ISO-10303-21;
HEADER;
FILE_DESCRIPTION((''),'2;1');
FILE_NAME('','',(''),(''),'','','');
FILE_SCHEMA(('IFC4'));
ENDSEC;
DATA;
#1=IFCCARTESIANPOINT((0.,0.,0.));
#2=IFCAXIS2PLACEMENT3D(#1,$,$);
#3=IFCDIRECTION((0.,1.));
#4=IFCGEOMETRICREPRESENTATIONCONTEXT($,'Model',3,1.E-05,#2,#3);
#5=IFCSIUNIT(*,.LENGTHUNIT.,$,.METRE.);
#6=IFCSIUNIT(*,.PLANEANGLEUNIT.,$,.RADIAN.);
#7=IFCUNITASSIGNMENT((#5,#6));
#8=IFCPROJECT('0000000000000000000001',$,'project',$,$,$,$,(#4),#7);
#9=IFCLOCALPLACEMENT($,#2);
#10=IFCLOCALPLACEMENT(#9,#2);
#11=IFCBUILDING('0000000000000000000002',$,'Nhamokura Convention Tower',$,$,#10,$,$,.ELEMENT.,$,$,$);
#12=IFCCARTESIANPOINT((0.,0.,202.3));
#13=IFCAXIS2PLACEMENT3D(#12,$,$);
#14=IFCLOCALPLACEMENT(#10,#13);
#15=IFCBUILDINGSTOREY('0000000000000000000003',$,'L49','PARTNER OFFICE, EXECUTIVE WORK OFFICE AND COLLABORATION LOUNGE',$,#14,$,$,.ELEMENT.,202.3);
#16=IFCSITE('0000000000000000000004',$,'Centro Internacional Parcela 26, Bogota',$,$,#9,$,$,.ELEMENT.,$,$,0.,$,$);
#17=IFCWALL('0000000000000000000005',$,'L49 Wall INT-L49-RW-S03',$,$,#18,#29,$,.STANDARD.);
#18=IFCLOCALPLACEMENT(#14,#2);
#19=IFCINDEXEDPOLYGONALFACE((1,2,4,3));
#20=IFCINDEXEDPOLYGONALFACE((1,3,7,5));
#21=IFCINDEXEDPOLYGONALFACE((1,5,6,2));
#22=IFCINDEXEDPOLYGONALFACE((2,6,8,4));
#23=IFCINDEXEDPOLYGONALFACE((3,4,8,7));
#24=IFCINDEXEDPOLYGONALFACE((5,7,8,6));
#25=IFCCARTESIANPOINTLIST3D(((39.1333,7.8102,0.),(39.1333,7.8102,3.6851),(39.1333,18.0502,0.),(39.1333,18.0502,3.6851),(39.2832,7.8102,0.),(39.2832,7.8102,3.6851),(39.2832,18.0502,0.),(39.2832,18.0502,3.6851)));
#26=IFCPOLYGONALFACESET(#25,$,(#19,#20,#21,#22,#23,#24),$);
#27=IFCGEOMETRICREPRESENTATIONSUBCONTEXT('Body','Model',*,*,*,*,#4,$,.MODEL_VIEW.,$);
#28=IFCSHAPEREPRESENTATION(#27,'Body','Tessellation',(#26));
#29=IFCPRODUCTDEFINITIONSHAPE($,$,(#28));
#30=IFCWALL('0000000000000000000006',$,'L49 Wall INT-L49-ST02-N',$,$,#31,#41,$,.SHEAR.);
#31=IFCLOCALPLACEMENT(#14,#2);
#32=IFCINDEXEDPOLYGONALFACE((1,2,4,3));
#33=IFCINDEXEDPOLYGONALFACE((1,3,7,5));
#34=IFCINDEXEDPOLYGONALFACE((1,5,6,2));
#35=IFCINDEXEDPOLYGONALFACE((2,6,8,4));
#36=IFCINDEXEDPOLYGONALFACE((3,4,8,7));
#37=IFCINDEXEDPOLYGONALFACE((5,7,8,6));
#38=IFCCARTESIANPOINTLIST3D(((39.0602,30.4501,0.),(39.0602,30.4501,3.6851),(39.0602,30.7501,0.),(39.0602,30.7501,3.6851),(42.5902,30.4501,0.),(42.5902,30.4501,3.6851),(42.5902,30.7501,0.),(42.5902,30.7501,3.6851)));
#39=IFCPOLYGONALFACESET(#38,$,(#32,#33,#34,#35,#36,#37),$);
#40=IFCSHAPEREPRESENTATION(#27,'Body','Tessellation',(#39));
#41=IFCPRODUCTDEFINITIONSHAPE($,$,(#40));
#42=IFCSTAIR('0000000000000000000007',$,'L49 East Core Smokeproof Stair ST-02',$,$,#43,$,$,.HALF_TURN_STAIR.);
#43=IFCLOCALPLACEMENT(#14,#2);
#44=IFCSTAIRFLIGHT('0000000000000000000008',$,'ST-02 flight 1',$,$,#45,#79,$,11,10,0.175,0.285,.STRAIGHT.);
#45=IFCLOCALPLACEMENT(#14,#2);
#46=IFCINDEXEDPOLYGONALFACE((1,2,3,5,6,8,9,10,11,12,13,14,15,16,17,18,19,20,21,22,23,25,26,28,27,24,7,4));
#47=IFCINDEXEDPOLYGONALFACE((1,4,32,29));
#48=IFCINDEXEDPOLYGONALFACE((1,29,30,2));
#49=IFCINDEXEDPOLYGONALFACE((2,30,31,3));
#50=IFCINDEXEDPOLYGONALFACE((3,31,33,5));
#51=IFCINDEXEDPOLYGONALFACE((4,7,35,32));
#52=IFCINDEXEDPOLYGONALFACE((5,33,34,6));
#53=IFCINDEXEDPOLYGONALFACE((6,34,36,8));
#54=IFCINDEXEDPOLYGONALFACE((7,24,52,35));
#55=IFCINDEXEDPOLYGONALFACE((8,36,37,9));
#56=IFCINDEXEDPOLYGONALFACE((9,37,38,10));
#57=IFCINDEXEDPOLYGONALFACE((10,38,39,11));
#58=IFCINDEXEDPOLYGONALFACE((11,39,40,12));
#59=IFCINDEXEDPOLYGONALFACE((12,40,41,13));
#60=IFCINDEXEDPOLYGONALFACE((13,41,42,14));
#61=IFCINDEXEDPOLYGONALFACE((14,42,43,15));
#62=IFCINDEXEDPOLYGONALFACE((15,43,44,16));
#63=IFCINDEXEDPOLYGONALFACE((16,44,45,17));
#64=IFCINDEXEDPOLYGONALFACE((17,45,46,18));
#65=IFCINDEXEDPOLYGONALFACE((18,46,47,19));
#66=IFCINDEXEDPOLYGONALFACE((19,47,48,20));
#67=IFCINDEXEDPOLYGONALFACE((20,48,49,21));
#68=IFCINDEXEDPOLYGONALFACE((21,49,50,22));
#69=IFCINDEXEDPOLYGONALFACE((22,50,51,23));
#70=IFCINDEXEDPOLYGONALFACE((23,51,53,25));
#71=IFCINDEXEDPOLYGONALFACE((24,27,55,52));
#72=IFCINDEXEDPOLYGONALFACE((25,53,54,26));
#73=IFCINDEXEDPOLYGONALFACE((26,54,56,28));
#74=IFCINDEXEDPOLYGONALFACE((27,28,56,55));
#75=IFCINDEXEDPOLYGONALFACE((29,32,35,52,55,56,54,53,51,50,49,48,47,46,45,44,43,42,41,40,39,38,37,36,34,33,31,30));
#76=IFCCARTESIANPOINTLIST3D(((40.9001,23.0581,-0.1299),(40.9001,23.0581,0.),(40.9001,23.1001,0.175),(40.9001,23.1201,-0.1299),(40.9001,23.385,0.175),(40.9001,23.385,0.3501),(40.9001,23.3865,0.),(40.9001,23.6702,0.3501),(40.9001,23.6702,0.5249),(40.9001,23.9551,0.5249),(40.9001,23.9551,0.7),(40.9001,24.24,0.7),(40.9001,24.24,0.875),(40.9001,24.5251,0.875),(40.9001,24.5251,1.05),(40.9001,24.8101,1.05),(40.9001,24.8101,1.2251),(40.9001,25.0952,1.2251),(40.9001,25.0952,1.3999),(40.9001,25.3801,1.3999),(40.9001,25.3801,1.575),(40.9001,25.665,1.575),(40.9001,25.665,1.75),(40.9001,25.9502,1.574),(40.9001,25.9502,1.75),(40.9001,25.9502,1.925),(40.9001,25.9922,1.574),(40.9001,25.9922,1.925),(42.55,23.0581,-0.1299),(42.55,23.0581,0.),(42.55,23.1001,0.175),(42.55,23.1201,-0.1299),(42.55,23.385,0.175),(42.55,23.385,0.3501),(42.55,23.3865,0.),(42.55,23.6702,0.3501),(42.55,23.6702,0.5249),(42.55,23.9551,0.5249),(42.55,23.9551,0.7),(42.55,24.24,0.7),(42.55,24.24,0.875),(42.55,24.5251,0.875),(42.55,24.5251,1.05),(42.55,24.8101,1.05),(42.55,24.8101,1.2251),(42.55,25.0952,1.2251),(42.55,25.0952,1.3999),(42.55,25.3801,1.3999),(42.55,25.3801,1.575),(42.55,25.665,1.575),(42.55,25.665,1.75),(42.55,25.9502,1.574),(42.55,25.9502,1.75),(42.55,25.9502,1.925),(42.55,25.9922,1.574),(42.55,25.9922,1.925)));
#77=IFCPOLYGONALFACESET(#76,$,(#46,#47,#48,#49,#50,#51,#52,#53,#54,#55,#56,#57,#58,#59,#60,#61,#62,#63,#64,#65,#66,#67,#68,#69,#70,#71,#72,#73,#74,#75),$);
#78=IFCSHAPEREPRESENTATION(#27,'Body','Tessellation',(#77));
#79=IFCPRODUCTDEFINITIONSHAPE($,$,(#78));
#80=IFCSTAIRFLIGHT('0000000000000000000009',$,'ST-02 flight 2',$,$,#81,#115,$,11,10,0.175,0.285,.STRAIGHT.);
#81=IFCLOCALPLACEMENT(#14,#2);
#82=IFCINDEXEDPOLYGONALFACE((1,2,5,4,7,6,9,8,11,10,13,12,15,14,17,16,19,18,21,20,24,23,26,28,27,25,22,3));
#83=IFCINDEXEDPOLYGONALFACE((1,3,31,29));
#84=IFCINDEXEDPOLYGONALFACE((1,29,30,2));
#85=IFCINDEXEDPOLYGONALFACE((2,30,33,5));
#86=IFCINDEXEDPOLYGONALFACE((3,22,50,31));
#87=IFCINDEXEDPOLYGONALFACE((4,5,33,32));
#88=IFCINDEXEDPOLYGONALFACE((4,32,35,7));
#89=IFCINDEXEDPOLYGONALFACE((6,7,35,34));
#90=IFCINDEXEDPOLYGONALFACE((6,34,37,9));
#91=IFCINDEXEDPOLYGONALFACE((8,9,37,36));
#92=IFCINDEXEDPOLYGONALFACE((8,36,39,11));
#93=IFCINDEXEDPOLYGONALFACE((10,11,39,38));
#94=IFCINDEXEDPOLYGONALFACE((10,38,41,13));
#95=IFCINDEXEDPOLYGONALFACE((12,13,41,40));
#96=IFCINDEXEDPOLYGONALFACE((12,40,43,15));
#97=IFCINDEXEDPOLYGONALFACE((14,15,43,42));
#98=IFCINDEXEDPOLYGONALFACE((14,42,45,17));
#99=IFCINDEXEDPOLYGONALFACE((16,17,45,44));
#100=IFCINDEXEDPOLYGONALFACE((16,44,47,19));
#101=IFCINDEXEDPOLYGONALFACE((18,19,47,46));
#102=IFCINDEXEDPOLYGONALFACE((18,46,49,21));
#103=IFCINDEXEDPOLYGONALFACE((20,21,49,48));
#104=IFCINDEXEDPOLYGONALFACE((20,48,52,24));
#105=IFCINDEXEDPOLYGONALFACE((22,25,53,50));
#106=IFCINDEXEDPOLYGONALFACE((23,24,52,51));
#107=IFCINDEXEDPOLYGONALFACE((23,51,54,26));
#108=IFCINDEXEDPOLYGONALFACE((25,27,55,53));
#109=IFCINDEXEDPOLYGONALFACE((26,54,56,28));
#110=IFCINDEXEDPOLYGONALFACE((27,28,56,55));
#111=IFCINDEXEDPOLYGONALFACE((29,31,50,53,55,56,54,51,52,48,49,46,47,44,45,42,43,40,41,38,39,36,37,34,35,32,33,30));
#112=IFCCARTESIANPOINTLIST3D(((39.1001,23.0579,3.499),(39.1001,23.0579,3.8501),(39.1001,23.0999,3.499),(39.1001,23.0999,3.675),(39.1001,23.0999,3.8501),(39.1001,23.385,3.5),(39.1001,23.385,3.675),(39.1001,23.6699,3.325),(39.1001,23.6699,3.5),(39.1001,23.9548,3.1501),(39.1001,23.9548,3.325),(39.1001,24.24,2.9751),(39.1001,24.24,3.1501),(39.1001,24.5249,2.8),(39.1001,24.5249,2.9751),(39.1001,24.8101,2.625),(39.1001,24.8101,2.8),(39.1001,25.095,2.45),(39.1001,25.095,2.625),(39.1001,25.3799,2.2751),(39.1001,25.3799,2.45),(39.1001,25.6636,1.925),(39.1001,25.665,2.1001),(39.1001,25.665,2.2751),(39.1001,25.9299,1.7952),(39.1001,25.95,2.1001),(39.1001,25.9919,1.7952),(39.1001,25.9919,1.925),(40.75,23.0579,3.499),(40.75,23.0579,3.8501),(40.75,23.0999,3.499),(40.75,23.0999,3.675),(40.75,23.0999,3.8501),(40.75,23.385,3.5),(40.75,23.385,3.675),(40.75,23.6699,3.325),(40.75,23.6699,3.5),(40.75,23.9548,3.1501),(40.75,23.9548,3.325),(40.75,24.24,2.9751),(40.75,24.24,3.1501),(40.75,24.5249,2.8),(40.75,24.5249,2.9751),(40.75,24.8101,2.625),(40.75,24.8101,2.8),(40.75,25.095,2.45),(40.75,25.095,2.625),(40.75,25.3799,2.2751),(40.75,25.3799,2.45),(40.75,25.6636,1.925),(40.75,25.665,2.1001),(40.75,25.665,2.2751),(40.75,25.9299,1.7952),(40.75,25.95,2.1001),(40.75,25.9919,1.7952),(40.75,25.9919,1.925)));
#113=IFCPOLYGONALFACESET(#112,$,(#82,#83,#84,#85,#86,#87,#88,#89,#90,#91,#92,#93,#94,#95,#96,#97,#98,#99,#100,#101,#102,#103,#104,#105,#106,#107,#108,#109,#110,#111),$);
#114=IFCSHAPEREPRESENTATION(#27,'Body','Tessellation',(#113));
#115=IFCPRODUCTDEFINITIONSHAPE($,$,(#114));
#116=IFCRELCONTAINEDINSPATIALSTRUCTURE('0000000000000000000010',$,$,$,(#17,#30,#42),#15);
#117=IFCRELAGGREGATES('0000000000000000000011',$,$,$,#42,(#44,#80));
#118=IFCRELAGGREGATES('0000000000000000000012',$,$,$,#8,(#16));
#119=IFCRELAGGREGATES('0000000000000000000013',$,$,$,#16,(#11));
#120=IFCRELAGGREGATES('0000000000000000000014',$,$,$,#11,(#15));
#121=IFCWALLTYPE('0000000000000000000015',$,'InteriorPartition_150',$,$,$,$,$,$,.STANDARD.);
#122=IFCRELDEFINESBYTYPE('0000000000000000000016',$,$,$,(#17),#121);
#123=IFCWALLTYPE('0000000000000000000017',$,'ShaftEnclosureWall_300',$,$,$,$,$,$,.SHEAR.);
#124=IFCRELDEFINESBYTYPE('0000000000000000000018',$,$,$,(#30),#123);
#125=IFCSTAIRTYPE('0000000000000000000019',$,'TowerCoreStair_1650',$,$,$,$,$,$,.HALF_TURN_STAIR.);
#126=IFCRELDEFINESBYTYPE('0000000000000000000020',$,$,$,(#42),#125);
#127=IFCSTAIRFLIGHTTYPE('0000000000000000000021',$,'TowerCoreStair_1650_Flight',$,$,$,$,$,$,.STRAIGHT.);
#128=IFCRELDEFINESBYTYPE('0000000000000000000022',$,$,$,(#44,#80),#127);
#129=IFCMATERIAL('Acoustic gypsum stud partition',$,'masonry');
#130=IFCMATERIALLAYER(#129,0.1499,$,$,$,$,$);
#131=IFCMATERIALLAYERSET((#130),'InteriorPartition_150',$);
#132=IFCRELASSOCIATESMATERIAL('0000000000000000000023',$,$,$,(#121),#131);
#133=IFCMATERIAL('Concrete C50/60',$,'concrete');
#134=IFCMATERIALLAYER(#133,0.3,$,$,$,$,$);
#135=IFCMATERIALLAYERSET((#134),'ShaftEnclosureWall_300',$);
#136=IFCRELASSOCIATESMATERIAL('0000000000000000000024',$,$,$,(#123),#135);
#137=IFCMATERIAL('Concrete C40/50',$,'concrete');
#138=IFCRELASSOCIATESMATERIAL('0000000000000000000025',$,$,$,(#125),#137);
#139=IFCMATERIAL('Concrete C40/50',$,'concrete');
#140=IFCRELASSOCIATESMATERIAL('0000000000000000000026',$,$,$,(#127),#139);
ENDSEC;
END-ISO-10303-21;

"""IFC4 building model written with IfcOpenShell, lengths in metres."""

from ifc_helpers import new_model, si_unit, direction, frame, frame_2d, origin, place, context, subcontext, project, spatial, polyline, rectangle, outline, extrude, material, layer, layer_set, type_object, element, aggregate, save


model = new_model("IFC4")

# Units and contexts
model_context = context("Model", 3, precision=1e-05, world=origin(), true_north=direction((0.0, 1.0)))
body_context = subcontext(model_context, "Body", "Model", "MODEL_VIEW")
ifc_project = project(units=[si_unit("LENGTHUNIT", "METRE"), si_unit("PLANEANGLEUNIT", "RADIAN")], contexts=[model_context])

# Site, building, storey
site_placement = place(None, origin())
site = spatial("IfcSite", under=ifc_project, at=site_placement, Name="Centro Internacional Parcela 26, Bogota", CompositionType="ELEMENT", RefElevation=0.0)
building_placement = place(site_placement, origin())
building = spatial("IfcBuilding", under=site, at=building_placement, Name="Nhamokura Convention Tower", CompositionType="ELEMENT")
storey_placement = place(building_placement, frame((0.0, 0.0, 202.3)))
storey = spatial("IfcBuildingStorey", under=building, at=storey_placement, Name="L49", Description="PARTNER OFFICE, EXECUTIVE WORK OFFICE AND COLLABORATION LOUNGE", CompositionType="ELEMENT", Elevation=202.3)

# Walls
ifc_material_1 = material(Name="Acoustic gypsum stud partition", Category="masonry")
ifc_layer_1 = layer(ifc_material_1, 0.1499)
ifc_layer_set_1 = layer_set([ifc_layer_1], Name="InteriorPartition_150")
wall_type_1 = type_object("IfcWallType", Name="InteriorPartition_150", PredefinedType="STANDARD", material=ifc_layer_set_1)
for number, where, z_axis, x_axis, name in (
    (1, (39.2083, 7.8101, 0.0), (0.0, 0.0, 1.0), (0.0, 1.0, 0.0), "L49 Wall INT-L49-RW-S03"),
):
    element("IfcWall", number, at=place(storey_placement, frame(where, z_axis=z_axis, x_axis=x_axis)), inside=storey, type_object=wall_type_1, Name=name, PredefinedType="STANDARD", context=body_context, shape_type="SweptSolid", body=[
        extrude(rectangle(XDim=10.24, YDim=0.1499, at=frame_2d((5.1201, 0.0))), origin(), (0.0, 0.0, 1.0), 3.6851),
    ])
ifc_material_2 = material(Name="Concrete C50/60", Category="concrete")
ifc_layer_2 = layer(ifc_material_2, 0.3)
ifc_layer_set_2 = layer_set([ifc_layer_2], Name="ShaftEnclosureWall_300")
wall_type_2 = type_object("IfcWallType", Name="ShaftEnclosureWall_300", PredefinedType="SHEAR", material=ifc_layer_set_2)
wall_1_placement = place(storey_placement, frame((39.0601, 30.6001, 0.0), z_axis=(0.0, 0.0, 1.0), x_axis=(1.0, 0.0, 0.0)))
element("IfcWall", 2, at=wall_1_placement, inside=storey, type_object=wall_type_2, Name="L49 Wall INT-L49-ST02-N", PredefinedType="SHEAR", context=body_context, shape_type="SweptSolid", body=[
    extrude(rectangle(XDim=3.53, YDim=0.3, at=frame_2d((1.7651, 0.0))), origin(), (0.0, 0.0, 1.0), 3.6851),
])

# Stair, stair flights
ifc_material_3 = material(Name="Concrete C40/50", Category="concrete")
stair_type = type_object("IfcStairType", Name="TowerCoreStair_1650", PredefinedType="HALF_TURN_STAIR", material=ifc_material_3)
stair_placement = place(storey_placement, origin())
stair = element("IfcStair", 3, at=stair_placement, inside=storey, type_object=stair_type, Name="L49 East Core Smokeproof Stair ST-02", PredefinedType="HALF_TURN_STAIR")
ifc_material_4 = material(Name="Concrete C40/50", Category="concrete")
stair_flight_type = type_object("IfcStairFlightType", Name="TowerCoreStair_1650_Flight", PredefinedType="STRAIGHT", material=ifc_material_4)
stair_flight_1_placement = place(storey_placement, frame((41.7251, 23.1001, 0.0), z_axis=(0.0, 0.0, 1.0), x_axis=(0.0, 1.0, 0.0)))
stair_flight_1 = element("IfcStairFlight", 4, at=stair_flight_1_placement, type_object=stair_flight_type, Name="ST-02 flight 1", NumberOfRisers=11, NumberOfTreads=10, PredefinedType="STRAIGHT", RiserHeight=0.175, TreadLength=0.285, context=body_context, shape_type="SweptSolid", body=[
    extrude(outline(polyline([(-0.042, 0.0), (0.0, 0.175), (0.2849, 0.175), (0.2849, 0.3501), (0.5701, 0.3501), (0.5701, 0.5249), (0.855, 0.5249), (0.855, 0.7), (1.1399, 0.7), (1.1399, 0.875), (1.425, 0.875), (1.425, 1.05), (1.71, 1.05), (1.71, 1.2251), (1.9951, 1.2251), (1.9951, 1.3999), (2.28, 1.3999), (2.28, 1.575), (2.5649, 1.575), (2.5649, 1.75), (2.8501, 1.75), (2.8501, 1.925), (2.8921, 1.925), (2.8921, 1.574), (2.8501, 1.574), (0.2864, 0.0), (0.02, -0.1299), (-0.042, -0.1299), (-0.042, 0.0)])), frame((0.0, 0.825, 0.0), z_axis=(0.0, -1.0, 0.0), x_axis=(1.0, 0.0, 0.0)), (0.0, 0.0, 1.0), 1.6499),
])
stair_flight_2_placement = place(storey_placement, frame((39.925, 25.95, 1.925), z_axis=(0.0, 0.0, 1.0), x_axis=(0.0, -1.0, 0.0)))
stair_flight_2 = element("IfcStairFlight", 5, at=stair_flight_2_placement, type_object=stair_flight_type, Name="ST-02 flight 2", NumberOfRisers=11, NumberOfTreads=10, PredefinedType="STRAIGHT", RiserHeight=0.175, TreadLength=0.285, context=body_context, shape_type="SweptSolid", body=[
    extrude(outline(polyline([(-0.042, 0.0), (0.0, 0.175), (0.2849, 0.175), (0.2849, 0.3501), (0.5701, 0.3501), (0.5701, 0.5249), (0.855, 0.5249), (0.855, 0.7), (1.1399, 0.7), (1.1399, 0.875), (1.425, 0.875), (1.425, 1.05), (1.71, 1.05), (1.71, 1.2251), (1.9951, 1.2251), (1.9951, 1.3999), (2.28, 1.3999), (2.28, 1.575), (2.5649, 1.575), (2.5649, 1.75), (2.8501, 1.75), (2.8501, 1.925), (2.8921, 1.925), (2.8921, 1.574), (2.8501, 1.574), (0.2864, 0.0), (0.02, -0.1299), (-0.042, -0.1299), (-0.042, 0.0)])), frame((0.0, 0.825, 0.0), z_axis=(0.0, -1.0, 0.0), x_axis=(1.0, 0.0, 0.0)), (0.0, 0.0, 1.0), 1.6499),
])
aggregate(stair, [stair_flight_1, stair_flight_2])

save(model, "model.ifc")
